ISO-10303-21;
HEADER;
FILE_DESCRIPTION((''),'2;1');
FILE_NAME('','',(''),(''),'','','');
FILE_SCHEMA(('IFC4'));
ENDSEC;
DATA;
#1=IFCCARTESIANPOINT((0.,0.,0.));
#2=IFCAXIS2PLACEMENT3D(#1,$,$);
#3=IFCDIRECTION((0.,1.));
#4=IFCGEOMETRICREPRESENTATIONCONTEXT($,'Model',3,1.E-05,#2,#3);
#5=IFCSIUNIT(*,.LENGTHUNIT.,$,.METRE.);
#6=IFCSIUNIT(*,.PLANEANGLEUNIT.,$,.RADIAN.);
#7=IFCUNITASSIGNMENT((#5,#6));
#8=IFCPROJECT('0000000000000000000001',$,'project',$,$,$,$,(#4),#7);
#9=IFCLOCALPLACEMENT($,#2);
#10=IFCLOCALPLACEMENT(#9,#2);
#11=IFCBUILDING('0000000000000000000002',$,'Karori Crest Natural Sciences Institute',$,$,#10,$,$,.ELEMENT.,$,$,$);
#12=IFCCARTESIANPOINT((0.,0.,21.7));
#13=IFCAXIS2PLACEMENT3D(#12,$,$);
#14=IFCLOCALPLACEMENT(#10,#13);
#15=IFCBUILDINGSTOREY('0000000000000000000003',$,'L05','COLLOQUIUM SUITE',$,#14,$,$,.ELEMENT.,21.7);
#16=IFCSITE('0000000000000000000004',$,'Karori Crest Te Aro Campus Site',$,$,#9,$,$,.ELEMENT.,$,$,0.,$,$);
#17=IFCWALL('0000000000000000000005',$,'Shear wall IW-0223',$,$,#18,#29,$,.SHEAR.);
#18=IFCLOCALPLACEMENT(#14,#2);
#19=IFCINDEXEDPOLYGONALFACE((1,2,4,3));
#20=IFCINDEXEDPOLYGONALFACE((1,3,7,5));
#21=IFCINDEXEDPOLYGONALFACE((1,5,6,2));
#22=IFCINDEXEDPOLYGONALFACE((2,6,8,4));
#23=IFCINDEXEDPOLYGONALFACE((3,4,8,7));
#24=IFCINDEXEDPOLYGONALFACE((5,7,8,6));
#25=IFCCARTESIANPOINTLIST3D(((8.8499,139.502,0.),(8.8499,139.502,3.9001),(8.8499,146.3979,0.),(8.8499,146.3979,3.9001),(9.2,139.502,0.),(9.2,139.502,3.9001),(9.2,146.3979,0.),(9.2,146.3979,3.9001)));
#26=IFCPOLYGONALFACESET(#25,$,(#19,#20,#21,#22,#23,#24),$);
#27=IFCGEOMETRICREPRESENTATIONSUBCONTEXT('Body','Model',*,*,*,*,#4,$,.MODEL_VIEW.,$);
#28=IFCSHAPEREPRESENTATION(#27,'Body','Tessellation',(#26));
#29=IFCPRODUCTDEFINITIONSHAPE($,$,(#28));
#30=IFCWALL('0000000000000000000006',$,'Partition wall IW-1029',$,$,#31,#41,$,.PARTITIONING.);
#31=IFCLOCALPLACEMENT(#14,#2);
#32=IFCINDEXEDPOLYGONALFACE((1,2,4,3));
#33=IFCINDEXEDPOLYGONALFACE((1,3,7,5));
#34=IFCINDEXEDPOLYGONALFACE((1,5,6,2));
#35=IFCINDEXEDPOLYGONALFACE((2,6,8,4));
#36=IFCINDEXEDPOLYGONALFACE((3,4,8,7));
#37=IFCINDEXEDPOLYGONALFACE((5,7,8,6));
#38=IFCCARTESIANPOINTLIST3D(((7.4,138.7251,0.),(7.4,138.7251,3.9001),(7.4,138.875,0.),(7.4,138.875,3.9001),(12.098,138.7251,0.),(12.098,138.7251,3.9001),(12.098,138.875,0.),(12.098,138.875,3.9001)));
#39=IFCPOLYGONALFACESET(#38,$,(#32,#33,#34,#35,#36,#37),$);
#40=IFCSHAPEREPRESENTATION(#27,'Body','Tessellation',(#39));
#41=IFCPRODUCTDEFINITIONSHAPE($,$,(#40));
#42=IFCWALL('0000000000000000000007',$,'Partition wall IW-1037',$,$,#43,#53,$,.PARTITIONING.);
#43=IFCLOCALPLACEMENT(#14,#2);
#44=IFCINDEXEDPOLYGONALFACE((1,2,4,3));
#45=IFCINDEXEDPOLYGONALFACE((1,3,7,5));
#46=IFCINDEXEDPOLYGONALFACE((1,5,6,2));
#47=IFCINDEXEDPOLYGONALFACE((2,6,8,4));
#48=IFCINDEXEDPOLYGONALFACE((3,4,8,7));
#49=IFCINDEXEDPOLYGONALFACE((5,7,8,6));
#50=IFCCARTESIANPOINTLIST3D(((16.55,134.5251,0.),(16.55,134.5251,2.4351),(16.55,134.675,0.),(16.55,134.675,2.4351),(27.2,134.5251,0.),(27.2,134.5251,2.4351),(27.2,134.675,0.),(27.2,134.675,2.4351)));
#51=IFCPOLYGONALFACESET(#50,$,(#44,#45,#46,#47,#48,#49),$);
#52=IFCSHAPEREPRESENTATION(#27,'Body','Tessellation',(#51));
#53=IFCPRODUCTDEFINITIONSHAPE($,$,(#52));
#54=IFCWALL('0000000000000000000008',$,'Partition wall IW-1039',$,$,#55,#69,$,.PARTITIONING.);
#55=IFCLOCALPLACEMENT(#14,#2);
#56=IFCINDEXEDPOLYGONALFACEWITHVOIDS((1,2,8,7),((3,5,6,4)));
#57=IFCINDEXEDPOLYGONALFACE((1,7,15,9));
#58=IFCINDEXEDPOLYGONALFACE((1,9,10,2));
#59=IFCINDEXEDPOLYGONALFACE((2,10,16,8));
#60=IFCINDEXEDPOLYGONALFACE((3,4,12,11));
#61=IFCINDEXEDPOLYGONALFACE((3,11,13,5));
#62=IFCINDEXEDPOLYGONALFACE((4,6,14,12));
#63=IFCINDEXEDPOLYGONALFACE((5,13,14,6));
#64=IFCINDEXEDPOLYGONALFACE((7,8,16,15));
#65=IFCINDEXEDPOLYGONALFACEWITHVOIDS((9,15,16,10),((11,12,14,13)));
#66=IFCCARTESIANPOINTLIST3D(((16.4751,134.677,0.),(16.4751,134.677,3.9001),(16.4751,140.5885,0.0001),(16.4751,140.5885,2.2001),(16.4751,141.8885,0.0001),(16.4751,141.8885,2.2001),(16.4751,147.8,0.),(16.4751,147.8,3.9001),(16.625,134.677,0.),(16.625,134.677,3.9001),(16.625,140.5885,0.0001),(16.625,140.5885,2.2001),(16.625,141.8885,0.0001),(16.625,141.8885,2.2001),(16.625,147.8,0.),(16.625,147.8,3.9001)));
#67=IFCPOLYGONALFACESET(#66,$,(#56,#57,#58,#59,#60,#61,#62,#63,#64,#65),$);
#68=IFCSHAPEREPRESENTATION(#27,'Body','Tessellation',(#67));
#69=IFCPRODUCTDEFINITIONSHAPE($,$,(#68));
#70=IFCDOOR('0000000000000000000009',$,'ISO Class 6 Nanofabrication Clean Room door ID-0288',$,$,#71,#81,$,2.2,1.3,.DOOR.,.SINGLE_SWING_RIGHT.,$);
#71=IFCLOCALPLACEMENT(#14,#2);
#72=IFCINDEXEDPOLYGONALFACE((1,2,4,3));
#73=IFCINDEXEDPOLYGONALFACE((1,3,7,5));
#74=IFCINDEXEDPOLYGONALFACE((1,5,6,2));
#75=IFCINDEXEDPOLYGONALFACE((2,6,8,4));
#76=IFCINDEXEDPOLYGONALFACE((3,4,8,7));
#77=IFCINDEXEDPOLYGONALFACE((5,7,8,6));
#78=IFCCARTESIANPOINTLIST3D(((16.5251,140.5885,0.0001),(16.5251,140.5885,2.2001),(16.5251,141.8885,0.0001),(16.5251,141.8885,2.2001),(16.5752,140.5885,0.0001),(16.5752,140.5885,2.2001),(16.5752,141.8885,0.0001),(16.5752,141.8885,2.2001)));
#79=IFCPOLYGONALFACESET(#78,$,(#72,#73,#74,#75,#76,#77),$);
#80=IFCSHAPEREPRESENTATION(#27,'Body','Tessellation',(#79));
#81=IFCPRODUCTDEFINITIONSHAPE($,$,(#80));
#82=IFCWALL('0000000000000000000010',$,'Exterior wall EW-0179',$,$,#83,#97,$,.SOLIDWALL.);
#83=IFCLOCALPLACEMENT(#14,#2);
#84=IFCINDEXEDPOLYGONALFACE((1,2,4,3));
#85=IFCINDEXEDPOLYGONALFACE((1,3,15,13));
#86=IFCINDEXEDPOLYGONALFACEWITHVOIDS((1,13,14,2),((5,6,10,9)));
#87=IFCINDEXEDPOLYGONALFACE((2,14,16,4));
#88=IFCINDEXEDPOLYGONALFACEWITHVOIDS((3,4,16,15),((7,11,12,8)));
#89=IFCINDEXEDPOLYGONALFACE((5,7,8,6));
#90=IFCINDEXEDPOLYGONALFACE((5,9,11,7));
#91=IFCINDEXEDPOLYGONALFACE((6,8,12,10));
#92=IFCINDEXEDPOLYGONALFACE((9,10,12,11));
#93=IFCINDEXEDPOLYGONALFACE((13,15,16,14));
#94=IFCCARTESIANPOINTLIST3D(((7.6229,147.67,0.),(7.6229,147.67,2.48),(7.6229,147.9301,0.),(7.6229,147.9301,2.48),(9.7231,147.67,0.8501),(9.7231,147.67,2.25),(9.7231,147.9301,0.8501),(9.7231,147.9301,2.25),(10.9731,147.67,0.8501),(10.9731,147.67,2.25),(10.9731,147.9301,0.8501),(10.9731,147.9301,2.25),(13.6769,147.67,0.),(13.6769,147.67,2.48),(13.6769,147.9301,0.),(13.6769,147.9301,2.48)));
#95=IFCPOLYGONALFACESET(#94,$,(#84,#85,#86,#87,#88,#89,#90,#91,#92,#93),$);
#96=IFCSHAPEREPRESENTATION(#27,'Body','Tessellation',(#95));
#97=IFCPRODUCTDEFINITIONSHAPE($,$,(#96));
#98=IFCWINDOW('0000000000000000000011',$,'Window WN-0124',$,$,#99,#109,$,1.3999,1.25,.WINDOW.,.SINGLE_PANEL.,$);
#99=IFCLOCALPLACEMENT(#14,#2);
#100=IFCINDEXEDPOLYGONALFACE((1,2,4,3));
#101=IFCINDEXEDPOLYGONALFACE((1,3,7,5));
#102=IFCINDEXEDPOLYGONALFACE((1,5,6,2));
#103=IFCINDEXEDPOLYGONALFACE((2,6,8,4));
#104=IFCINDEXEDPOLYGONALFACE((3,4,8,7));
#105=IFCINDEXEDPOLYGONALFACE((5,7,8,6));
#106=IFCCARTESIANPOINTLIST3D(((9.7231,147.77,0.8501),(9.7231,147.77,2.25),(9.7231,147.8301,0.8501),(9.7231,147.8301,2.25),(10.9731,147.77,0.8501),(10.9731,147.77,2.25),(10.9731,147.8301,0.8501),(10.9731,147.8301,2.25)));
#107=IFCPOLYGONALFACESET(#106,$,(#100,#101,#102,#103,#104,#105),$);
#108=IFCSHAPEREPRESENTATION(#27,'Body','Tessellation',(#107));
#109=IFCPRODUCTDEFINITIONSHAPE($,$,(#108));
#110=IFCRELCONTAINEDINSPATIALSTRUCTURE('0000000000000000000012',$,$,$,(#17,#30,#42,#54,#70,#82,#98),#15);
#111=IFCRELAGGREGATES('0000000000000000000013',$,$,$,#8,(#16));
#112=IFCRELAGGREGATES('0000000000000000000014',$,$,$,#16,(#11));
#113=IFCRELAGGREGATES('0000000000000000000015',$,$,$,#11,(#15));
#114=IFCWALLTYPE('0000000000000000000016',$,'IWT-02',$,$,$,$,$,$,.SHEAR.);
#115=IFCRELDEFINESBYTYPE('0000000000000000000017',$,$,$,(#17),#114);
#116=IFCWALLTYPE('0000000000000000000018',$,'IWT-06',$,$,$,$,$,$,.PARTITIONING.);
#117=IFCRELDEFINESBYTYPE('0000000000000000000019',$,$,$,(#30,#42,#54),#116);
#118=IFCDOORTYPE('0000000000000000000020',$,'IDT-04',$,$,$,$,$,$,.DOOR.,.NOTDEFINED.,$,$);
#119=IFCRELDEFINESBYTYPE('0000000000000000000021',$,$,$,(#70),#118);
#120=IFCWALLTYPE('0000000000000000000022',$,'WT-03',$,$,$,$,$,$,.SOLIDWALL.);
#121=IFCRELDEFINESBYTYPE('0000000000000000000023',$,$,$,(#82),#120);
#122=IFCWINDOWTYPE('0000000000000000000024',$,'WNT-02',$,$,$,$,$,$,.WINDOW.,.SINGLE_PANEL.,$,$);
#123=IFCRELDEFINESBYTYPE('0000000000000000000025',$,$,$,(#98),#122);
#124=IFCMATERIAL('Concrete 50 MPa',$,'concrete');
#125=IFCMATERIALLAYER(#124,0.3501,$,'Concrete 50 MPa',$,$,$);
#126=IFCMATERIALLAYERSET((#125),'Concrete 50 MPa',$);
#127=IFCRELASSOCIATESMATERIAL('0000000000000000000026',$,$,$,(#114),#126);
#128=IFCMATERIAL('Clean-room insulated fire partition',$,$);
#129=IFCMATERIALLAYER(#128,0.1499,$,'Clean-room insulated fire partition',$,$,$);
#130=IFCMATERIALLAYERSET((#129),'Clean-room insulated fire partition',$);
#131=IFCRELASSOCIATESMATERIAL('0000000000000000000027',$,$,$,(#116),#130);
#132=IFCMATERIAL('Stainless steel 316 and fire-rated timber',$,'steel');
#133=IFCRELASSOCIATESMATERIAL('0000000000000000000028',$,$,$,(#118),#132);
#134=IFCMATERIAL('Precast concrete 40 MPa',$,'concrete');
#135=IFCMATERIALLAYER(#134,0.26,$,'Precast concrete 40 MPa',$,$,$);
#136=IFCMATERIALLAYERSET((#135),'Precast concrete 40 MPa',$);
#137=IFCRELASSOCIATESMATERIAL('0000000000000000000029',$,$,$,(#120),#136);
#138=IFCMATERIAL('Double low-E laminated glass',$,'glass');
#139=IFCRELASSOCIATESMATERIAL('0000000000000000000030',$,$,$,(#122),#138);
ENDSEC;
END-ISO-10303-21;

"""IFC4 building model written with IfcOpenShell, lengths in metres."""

from ifc_helpers import new_model, si_unit, direction, frame, frame_2d, origin, place, context, subcontext, project, spatial, rectangle, extrude, material, layer, layer_set, type_object, element, fill, save


model = new_model("IFC4")

# Units and contexts
model_context = context("Model", 3, precision=1e-05, world=origin(), true_north=direction((0.0, 1.0)))
body_context = subcontext(model_context, "Body", "Model", "MODEL_VIEW")
ifc_project = project(units=[si_unit("LENGTHUNIT", "METRE"), si_unit("PLANEANGLEUNIT", "RADIAN")], contexts=[model_context])

# Site, building, storey
site_placement = place(None, origin())
site = spatial("IfcSite", under=ifc_project, at=site_placement, Name="Karori Crest Te Aro Campus Site", CompositionType="ELEMENT", RefElevation=0.0)
building_placement = place(site_placement, origin())
building = spatial("IfcBuilding", under=site, at=building_placement, Name="Karori Crest Natural Sciences Institute", CompositionType="ELEMENT")
storey_placement = place(building_placement, frame((0.0, 0.0, 21.7)))
storey = spatial("IfcBuildingStorey", under=building, at=storey_placement, Name="L05", Description="COLLOQUIUM SUITE", CompositionType="ELEMENT", Elevation=21.7)

# Shared definitions
ifc_material_1 = material(Name="Concrete 50 MPa", Category="concrete")

# Shared definitions
ifc_material_2 = material(Name="Double low-E laminated glass", Category="glass")

# Wall
ifc_layer_1 = layer(ifc_material_1, 0.3501, Name="Concrete 50 MPa")
ifc_layer_set_1 = layer_set([ifc_layer_1], Name="Concrete 50 MPa")
wall_type_1 = type_object("IfcWallType", Name="IWT-02", PredefinedType="SHEAR", material=ifc_layer_set_1)
wall_1_placement = place(storey_placement, frame((9.0249, 139.502, 0.0), z_axis=(0.0, 0.0, 1.0), x_axis=(0.0, 1.0, 0.0)))
element("IfcWall", 1, at=wall_1_placement, inside=storey, type_object=wall_type_1, Name="Shear wall IW-0223", PredefinedType="SHEAR", context=body_context, shape_type="SweptSolid", body=[
    extrude(rectangle(XDim=6.896, YDim=0.3501, at=frame_2d((3.448, 0.0))), origin(), (0.0, 0.0, 1.0), 3.9001),
])

# Shared definitions
ifc_material_3 = material(Name="Stainless steel 316 and fire-rated timber", Category="steel")

# Walls
ifc_material_4 = material(Name="Clean-room insulated fire partition")
ifc_layer_2 = layer(ifc_material_4, 0.1499, Name="Clean-room insulated fire partition")
ifc_layer_set_2 = layer_set([ifc_layer_2], Name="Clean-room insulated fire partition")
wall_type_2 = type_object("IfcWallType", Name="IWT-06", PredefinedType="PARTITIONING", material=ifc_layer_set_2)
wall_2_placement = place(storey_placement, frame((7.3999, 138.8, 0.0), z_axis=(0.0, 0.0, 1.0), x_axis=(1.0, 0.0, 0.0)))
element("IfcWall", 2, at=wall_2_placement, inside=storey, type_object=wall_type_2, Name="Partition wall IW-1029", PredefinedType="PARTITIONING", context=body_context, shape_type="SweptSolid", body=[
    extrude(rectangle(XDim=4.698, YDim=0.1499, at=frame_2d((2.3491, 0.0))), origin(), (0.0, 0.0, 1.0), 3.9001),
])
wall_3_placement = place(storey_placement, frame((16.55, 134.6001, 0.0), z_axis=(0.0, 0.0, 1.0), x_axis=(1.0, 0.0, 0.0)))
element("IfcWall", 3, at=wall_3_placement, inside=storey, type_object=wall_type_2, Name="Partition wall IW-1037", PredefinedType="PARTITIONING", context=body_context, shape_type="SweptSolid", body=[
    extrude(rectangle(XDim=10.6499, YDim=0.1499, at=frame_2d((5.325, 0.0))), origin(), (0.0, 0.0, 1.0), 2.4351),
])

# Wall, opening, door
wall_4_placement = place(storey_placement, frame((16.55, 134.677, 0.0), z_axis=(0.0, 0.0, 1.0), x_axis=(0.0, 1.0, 0.0)))
wall_4 = element("IfcWall", 4, at=wall_4_placement, inside=storey, type_object=wall_type_2, Name="Partition wall IW-1039", PredefinedType="PARTITIONING", context=body_context, shape_type="SweptSolid", body=[
    extrude(rectangle(XDim=13.123, YDim=0.1499, at=frame_2d((6.5615, 0.0))), origin(), (0.0, 0.0, 1.0), 3.9001),
])
opening_1_placement = place(wall_4_placement, frame((5.9116, 0.0, 0.0)))
opening_1 = element("IfcOpeningElement", 5, at=opening_1_placement, cuts=wall_4, PredefinedType="OPENING", context=body_context, shape_type="SweptSolid", body=[
    extrude(rectangle(XDim=1.3, YDim=2.2, at=frame_2d((0.6499, 1.1001))), frame((0.0, 0.085, 0.0), z_axis=(0.0, -1.0, 0.0), x_axis=(1.0, 0.0, 0.0)), (0.0, 0.0, 1.0), 0.1699),
])
door_type_1 = type_object("IfcDoorType", Name="IDT-04", OperationType="NOTDEFINED", PredefinedType="DOOR", material=ifc_material_3)
door_1_placement = place(opening_1_placement, origin())
door_1 = element("IfcDoor", 6, at=door_1_placement, inside=storey, type_object=door_type_1, Name="ISO Class 6 Nanofabrication Clean Room door ID-0288", OperationType="SINGLE_SWING_RIGHT", OverallHeight=2.2, OverallWidth=1.3, PredefinedType="DOOR", context=body_context, shape_type="SweptSolid", body=[
    extrude(rectangle(XDim=1.3, YDim=2.2, at=frame_2d((0.6499, 1.1001))), frame((0.0, 0.0249, 0.0), z_axis=(0.0, -1.0, 0.0), x_axis=(1.0, 0.0, 0.0)), (0.0, 0.0, 1.0), 0.05),
])
fill(opening_1, door_1)

# Wall, opening, window
ifc_material_5 = material(Name="Precast concrete 40 MPa", Category="concrete")
ifc_layer_3 = layer(ifc_material_5, 0.26, Name="Precast concrete 40 MPa")
ifc_layer_set_3 = layer_set([ifc_layer_3], Name="Precast concrete 40 MPa")
wall_type_3 = type_object("IfcWallType", Name="WT-03", PredefinedType="SOLIDWALL", material=ifc_layer_set_3)
wall_5_placement = place(storey_placement, frame((7.623, 147.8, 0.0), z_axis=(0.0, 0.0, 1.0), x_axis=(1.0, 0.0, 0.0)))
wall_5 = element("IfcWall", 7, at=wall_5_placement, inside=storey, type_object=wall_type_3, Name="Exterior wall EW-0179", PredefinedType="SOLIDWALL", context=body_context, shape_type="SweptSolid", body=[
    extrude(rectangle(XDim=6.054, YDim=0.26, at=frame_2d((3.0269, 0.0))), origin(), (0.0, 0.0, 1.0), 2.48),
])
opening_2_placement = place(wall_5_placement, frame((2.1001, 0.0, 0.8501)))
opening_2 = element("IfcOpeningElement", 8, at=opening_2_placement, cuts=wall_5, PredefinedType="OPENING", context=body_context, shape_type="SweptSolid", body=[
    extrude(rectangle(XDim=1.25, YDim=1.3999, at=frame_2d((0.625, 0.7))), frame((0.0, 0.1401, 0.0), z_axis=(0.0, -1.0, 0.0), x_axis=(1.0, 0.0, 0.0)), (0.0, 0.0, 1.0), 0.28),
])
window_type = type_object("IfcWindowType", Name="WNT-02", PartitioningType="SINGLE_PANEL", PredefinedType="WINDOW", material=ifc_material_2)
window_placement = place(opening_2_placement, origin())
window = element("IfcWindow", 9, at=window_placement, inside=storey, type_object=window_type, Name="Window WN-0124", OverallHeight=1.3999, OverallWidth=1.25, PartitioningType="SINGLE_PANEL", PredefinedType="WINDOW", context=body_context, shape_type="SweptSolid", body=[
    extrude(rectangle(XDim=1.25, YDim=1.3999, at=frame_2d((0.625, 0.7))), frame((0.0, 0.03, 0.0), z_axis=(0.0, -1.0, 0.0), x_axis=(1.0, 0.0, 0.0)), (0.0, 0.0, 1.0), 0.0601),
])
fill(opening_2, window)

save(model, "model.ifc")
